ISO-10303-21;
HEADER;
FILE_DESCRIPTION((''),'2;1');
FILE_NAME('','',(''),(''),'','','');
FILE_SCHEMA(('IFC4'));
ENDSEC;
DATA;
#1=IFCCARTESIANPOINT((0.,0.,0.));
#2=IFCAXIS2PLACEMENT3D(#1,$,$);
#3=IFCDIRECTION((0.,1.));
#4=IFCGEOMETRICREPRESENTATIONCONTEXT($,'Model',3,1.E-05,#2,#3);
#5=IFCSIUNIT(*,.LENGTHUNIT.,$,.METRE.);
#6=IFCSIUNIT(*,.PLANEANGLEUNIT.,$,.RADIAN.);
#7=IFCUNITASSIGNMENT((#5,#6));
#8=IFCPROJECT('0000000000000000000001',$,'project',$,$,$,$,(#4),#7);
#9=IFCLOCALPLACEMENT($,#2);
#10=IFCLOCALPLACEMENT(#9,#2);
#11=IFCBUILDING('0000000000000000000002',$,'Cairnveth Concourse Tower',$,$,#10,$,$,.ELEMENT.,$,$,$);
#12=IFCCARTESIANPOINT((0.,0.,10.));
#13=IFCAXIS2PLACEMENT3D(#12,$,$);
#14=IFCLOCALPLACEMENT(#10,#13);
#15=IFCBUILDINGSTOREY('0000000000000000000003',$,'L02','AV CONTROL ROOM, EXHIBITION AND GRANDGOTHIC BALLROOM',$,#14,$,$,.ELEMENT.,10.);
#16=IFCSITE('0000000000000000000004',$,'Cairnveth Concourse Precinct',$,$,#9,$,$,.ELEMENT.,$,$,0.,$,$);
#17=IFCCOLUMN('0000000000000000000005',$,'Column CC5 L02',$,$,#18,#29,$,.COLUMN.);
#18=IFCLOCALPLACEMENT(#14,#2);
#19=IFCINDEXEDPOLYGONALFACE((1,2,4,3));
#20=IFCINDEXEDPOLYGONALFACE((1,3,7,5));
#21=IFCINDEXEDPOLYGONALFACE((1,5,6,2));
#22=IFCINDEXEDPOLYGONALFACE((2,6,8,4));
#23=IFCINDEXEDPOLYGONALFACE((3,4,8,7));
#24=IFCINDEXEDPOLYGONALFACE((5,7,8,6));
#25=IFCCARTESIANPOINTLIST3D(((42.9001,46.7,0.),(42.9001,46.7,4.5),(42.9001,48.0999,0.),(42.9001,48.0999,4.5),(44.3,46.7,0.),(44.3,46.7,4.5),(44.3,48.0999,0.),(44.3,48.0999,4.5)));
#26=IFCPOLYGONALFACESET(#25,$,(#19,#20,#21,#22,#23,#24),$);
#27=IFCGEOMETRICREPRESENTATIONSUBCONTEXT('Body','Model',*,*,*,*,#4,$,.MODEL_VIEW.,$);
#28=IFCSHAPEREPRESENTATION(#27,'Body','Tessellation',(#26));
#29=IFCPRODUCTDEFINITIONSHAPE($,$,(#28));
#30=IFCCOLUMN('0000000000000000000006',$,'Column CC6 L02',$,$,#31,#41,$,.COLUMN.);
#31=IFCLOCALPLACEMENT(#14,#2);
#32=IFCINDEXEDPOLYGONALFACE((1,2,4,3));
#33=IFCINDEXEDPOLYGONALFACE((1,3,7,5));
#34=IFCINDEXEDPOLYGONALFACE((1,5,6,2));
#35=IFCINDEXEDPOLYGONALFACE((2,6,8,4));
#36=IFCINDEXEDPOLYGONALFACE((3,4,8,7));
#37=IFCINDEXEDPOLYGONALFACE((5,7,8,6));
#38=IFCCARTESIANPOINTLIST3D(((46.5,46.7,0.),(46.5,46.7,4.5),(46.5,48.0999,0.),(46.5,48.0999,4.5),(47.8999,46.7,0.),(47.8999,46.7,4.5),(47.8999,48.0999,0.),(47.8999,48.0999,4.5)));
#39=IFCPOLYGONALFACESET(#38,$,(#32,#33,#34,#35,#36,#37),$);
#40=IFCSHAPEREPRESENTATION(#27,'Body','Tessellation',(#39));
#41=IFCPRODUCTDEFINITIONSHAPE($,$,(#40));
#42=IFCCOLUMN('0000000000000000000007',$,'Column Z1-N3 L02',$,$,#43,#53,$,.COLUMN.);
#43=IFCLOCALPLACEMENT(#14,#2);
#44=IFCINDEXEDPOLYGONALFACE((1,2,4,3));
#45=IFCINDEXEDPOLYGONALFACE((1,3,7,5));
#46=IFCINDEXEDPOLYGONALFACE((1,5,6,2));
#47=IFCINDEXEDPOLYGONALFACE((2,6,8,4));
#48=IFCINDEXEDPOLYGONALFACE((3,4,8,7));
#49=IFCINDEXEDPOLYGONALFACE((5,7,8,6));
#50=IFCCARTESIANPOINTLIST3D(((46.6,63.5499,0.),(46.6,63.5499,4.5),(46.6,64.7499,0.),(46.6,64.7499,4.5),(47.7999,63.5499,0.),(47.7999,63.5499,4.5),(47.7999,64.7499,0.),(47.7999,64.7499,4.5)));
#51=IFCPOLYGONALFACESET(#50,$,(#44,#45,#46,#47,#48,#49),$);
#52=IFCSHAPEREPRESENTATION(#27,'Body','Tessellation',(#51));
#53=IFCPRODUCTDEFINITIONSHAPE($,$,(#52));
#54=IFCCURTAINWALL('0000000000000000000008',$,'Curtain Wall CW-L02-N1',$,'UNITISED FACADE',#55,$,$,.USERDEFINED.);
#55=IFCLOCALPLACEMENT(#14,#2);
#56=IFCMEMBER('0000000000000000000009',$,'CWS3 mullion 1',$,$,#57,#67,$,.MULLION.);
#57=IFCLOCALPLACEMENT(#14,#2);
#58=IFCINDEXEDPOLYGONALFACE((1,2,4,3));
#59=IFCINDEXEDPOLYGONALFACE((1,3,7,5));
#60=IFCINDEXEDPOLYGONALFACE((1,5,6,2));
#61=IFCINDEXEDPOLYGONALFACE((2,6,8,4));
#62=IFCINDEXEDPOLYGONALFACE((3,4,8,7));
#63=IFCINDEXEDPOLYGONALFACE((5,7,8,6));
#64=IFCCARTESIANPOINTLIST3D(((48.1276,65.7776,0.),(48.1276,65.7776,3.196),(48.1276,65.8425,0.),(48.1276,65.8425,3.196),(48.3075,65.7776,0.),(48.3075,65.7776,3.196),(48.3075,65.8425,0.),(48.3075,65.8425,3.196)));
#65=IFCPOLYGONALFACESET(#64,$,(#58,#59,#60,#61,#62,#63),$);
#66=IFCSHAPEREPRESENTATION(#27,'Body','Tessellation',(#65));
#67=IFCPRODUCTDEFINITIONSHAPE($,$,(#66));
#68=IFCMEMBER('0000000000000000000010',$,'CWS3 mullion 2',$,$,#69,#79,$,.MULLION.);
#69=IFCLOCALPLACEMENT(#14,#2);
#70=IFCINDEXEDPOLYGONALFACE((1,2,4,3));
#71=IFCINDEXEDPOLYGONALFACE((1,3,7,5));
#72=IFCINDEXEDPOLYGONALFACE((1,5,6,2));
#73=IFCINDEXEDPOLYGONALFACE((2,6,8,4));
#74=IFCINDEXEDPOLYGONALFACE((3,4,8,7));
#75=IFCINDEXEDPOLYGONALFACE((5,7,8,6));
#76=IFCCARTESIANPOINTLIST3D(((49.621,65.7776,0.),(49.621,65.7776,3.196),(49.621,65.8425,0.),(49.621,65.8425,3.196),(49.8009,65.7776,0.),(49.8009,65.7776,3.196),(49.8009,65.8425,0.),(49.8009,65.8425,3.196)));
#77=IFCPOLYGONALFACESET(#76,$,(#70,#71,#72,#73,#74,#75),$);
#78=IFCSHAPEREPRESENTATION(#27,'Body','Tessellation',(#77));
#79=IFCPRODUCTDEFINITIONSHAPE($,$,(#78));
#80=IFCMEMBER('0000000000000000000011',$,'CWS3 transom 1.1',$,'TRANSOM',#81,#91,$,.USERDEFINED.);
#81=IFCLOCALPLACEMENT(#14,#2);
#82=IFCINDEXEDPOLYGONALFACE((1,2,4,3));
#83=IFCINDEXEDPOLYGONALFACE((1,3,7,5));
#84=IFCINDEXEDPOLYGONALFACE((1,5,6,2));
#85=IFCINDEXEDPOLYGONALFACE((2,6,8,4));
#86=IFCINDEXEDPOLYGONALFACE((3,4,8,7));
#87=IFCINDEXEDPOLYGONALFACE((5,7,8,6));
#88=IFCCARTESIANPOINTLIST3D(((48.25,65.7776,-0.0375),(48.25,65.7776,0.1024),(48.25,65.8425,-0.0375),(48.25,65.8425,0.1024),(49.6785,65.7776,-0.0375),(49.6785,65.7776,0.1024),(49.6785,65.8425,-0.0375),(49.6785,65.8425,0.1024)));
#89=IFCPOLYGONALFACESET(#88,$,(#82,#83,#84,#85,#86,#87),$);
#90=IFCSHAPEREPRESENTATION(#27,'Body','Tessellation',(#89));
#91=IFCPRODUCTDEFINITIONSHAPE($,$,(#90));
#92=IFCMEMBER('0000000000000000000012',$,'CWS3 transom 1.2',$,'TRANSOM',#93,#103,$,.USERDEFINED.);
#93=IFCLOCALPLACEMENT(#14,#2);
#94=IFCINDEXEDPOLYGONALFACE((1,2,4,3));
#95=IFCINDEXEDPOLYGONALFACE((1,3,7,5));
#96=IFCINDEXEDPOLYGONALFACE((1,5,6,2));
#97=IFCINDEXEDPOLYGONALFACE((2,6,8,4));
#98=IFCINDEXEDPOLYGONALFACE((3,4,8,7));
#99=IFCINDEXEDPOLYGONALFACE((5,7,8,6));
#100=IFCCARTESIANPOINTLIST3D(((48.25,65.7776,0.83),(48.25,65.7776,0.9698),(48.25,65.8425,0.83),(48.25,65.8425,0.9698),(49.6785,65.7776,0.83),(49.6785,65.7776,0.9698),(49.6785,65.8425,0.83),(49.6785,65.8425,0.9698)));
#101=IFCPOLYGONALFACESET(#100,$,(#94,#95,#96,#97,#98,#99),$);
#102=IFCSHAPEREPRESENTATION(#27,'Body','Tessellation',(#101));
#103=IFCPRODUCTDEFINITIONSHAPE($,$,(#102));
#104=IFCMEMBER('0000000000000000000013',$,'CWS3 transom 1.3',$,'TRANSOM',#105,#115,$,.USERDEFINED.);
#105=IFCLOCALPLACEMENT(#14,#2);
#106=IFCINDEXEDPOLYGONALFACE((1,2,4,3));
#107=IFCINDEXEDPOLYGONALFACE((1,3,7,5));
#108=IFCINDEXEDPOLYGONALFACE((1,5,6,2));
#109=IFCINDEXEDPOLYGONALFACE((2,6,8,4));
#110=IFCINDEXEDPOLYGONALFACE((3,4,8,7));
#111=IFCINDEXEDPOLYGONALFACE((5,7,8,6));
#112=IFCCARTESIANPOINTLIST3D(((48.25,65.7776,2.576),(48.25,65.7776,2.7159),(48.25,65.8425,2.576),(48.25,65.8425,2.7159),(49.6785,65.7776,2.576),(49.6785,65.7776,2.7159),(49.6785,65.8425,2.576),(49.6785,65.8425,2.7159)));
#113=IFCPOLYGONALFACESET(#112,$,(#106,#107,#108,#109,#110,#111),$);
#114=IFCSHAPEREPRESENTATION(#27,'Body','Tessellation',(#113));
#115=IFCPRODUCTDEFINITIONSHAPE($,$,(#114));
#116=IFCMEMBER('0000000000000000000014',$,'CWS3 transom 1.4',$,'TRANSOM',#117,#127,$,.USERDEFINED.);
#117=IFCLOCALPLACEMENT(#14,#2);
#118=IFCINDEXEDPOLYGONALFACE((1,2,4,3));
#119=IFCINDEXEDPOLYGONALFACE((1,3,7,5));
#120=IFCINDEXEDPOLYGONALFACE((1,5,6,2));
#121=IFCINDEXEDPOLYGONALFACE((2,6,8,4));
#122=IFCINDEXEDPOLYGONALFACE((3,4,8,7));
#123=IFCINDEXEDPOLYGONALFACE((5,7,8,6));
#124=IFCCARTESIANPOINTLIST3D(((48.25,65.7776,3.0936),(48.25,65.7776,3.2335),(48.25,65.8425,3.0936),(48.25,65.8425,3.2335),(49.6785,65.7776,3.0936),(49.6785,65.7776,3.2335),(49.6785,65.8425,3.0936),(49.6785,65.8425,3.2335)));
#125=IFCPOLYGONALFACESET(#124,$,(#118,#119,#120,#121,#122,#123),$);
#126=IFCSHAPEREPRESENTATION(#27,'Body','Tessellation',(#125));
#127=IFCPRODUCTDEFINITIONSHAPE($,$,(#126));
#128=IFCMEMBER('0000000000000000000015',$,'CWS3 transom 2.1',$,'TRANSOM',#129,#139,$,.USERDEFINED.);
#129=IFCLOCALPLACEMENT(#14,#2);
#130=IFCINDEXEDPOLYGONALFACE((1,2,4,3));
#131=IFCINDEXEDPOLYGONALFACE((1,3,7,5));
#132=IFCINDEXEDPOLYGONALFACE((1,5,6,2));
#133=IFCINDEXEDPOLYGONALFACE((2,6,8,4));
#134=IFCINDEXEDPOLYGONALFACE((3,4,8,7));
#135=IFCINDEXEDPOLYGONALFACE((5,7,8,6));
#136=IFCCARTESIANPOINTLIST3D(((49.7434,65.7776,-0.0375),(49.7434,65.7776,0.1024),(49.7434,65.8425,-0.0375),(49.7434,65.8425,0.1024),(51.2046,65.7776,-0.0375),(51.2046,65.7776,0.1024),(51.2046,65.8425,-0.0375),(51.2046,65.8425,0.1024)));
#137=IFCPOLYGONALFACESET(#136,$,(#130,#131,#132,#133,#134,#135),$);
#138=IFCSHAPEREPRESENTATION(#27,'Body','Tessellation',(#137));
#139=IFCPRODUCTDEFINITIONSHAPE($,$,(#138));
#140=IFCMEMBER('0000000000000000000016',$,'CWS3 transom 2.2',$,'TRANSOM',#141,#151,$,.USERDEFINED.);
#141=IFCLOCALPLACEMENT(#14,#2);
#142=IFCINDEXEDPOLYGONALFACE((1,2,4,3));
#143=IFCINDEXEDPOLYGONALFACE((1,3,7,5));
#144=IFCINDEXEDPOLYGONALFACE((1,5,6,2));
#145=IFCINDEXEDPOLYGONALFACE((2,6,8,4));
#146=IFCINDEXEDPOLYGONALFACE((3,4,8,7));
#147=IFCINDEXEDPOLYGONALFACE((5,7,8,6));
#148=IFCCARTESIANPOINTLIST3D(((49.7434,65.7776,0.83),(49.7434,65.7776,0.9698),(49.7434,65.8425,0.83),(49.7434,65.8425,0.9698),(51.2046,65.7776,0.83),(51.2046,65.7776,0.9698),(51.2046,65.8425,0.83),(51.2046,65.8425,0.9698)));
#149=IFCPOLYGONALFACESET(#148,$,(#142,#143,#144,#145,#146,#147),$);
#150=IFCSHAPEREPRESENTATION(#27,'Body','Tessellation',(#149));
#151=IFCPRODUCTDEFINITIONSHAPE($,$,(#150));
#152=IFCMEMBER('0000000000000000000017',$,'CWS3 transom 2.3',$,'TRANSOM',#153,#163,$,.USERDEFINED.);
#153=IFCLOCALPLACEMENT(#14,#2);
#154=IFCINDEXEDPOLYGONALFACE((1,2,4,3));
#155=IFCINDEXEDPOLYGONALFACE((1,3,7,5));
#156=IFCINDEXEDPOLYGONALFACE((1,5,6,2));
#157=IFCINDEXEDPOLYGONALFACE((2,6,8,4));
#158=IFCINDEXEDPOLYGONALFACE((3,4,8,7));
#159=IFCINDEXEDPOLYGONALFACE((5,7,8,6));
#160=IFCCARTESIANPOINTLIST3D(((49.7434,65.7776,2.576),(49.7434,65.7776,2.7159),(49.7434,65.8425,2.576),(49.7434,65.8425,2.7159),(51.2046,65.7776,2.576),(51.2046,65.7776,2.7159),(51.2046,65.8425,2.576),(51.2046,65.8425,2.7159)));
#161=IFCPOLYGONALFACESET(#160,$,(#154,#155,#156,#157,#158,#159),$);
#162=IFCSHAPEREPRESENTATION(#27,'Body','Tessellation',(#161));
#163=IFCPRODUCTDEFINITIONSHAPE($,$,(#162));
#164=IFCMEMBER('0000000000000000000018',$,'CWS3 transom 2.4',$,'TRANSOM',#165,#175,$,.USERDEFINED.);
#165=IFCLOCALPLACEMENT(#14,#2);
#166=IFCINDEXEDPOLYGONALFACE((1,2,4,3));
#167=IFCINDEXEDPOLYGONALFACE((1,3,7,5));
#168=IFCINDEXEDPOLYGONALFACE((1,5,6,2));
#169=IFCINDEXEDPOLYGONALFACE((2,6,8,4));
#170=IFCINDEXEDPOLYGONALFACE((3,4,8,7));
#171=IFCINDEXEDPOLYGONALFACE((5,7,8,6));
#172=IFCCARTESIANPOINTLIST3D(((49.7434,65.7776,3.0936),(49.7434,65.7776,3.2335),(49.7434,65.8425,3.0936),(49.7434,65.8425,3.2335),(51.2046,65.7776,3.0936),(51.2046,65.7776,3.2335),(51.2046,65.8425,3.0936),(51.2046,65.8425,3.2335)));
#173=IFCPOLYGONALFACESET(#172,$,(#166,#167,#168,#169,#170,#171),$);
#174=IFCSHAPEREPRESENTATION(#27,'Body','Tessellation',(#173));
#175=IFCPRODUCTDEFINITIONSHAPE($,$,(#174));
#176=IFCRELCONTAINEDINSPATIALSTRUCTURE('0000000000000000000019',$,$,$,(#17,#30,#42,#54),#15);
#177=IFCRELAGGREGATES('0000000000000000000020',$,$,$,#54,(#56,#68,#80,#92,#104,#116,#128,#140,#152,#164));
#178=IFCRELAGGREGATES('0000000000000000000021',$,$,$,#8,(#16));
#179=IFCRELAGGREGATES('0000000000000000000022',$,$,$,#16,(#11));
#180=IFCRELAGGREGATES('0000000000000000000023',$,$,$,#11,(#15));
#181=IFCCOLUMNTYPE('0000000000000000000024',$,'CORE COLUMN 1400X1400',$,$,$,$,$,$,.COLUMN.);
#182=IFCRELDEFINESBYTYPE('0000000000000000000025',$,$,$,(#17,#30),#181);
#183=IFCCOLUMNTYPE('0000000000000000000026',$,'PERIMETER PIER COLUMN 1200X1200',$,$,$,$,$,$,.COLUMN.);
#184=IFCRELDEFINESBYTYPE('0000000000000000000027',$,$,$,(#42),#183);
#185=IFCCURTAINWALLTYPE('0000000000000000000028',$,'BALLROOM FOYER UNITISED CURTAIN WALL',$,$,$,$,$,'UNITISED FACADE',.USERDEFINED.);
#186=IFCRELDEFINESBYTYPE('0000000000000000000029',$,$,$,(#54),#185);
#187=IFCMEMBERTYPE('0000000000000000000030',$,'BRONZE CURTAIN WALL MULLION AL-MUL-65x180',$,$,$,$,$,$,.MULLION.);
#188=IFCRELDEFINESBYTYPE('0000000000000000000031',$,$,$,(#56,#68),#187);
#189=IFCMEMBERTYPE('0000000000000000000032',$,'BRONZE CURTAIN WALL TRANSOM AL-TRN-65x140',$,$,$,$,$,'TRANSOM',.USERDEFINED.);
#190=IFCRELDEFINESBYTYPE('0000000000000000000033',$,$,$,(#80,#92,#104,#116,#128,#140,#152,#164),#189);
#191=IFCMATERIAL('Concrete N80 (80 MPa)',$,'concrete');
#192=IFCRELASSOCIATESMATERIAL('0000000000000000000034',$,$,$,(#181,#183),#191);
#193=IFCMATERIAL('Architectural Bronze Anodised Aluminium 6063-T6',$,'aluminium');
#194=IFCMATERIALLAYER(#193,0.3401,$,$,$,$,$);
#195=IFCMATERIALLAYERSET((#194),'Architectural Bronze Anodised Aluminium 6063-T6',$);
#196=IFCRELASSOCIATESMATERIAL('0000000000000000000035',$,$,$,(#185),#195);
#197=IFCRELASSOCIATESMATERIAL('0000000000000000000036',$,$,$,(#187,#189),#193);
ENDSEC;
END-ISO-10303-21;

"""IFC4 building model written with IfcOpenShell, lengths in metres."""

from ifc_helpers import new_model, si_unit, direction, frame, origin, origin_2d, place, context, subcontext, project, spatial, rectangle, extrude, material, layer, layer_set, material_profile, profile_set, type_object, element, aggregate, save


model = new_model("IFC4")

# Units and contexts
model_context = context("Model", 3, precision=1e-05, world=origin(), true_north=direction((0.0, 1.0)))
body_context = subcontext(model_context, "Body", "Model", "MODEL_VIEW")
ifc_project = project(units=[si_unit("LENGTHUNIT", "METRE"), si_unit("PLANEANGLEUNIT", "RADIAN")], contexts=[model_context])

# Site, building, storey
site_placement = place(None, origin())
site = spatial("IfcSite", under=ifc_project, at=site_placement, Name="Cairnveth Concourse Precinct", CompositionType="ELEMENT", RefElevation=0.0)
building_placement = place(site_placement, origin())
building = spatial("IfcBuilding", under=site, at=building_placement, Name="Cairnveth Concourse Tower", CompositionType="ELEMENT")
storey_placement = place(building_placement, frame((0.0, 0.0, 10.0)))
storey = spatial("IfcBuildingStorey", under=building, at=storey_placement, Name="L02", Description="AV CONTROL ROOM, EXHIBITION AND GRANDGOTHIC BALLROOM", CompositionType="ELEMENT", Elevation=10.0)

# Columns
ifc_material_1 = material(Name="Concrete N80 (80 MPa)", Category="concrete")
ifc_material_profile_1 = material_profile(ifc_material_1, rectangle(XDim=1.3999, YDim=1.3999, at=origin_2d()), Name="RC-COL-1400x1400")
ifc_profile_set_1 = profile_set([ifc_material_profile_1], Name="Concrete N80 (80 MPa)")
column_type_1 = type_object("IfcColumnType", Name="CORE COLUMN 1400X1400", PredefinedType="COLUMN", material=ifc_profile_set_1)
for number, where, z_axis, x_axis, name in (
    (1, (43.6001, 47.3999, 0.0), (0.0, 0.0, 1.0), (1.0, 0.0, 0.0), "Column CC5 L02"),
    (2, (47.2, 47.3999, 0.0), (0.0, 0.0, 1.0), (1.0, 0.0, 0.0), "Column CC6 L02"),
):
    element("IfcColumn", number, at=place(storey_placement, frame(where, z_axis=z_axis, x_axis=x_axis)), inside=storey, type_object=column_type_1, Name=name, PredefinedType="COLUMN", context=body_context, shape_type="SweptSolid", body=[
        extrude(rectangle(XDim=1.3999, YDim=1.3999, at=origin_2d()), origin(), (0.0, 0.0, 1.0), 4.5),
    ])
ifc_material_profile_2 = material_profile(ifc_material_1, rectangle(XDim=1.2, YDim=1.2, at=origin_2d()), Name="RC-COL-1200x1200")
ifc_profile_set_2 = profile_set([ifc_material_profile_2], Name="Concrete N80 (80 MPa)")
column_type_2 = type_object("IfcColumnType", Name="PERIMETER PIER COLUMN 1200X1200", PredefinedType="COLUMN", material=ifc_profile_set_2)
column_placement = place(storey_placement, frame((47.2, 64.1499, 0.0), z_axis=(0.0, 0.0, 1.0), x_axis=(1.0, 0.0, 0.0)))
element("IfcColumn", 3, at=column_placement, inside=storey, type_object=column_type_2, Name="Column Z1-N3 L02", PredefinedType="COLUMN", context=body_context, shape_type="SweptSolid", body=[
    extrude(rectangle(XDim=1.2, YDim=1.2, at=origin_2d()), origin(), (0.0, 0.0, 1.0), 4.5),
])

# Curtain wall, members
ifc_material_2 = material(Name="Architectural Bronze Anodised Aluminium 6063-T6", Category="aluminium")
ifc_layer_1 = layer(ifc_material_2, 0.3401)
ifc_layer_set_1 = layer_set([ifc_layer_1], Name="Architectural Bronze Anodised Aluminium 6063-T6")
curtain_wall_type = type_object("IfcCurtainWallType", Name="BALLROOM FOYER UNITISED CURTAIN WALL", ElementType="UNITISED FACADE", PredefinedType="USERDEFINED", material=ifc_layer_set_1)
curtain_wall_placement = place(storey_placement, origin())
curtain_wall = element("IfcCurtainWall", 4, at=curtain_wall_placement, inside=storey, type_object=curtain_wall_type, Name="Curtain Wall CW-L02-N1", ObjectType="UNITISED FACADE", PredefinedType="USERDEFINED")
ifc_material_profile_3 = material_profile(ifc_material_2, rectangle(XDim=0.0649, YDim=0.1799, at=origin_2d()), Name="AL-MUL-65x180")
ifc_profile_set_3 = profile_set([ifc_material_profile_3], Name="Architectural Bronze Anodised Aluminium 6063-T6")
member_type_1 = type_object("IfcMemberType", Name="BRONZE CURTAIN WALL MULLION AL-MUL-65x180", PredefinedType="MULLION", material=ifc_profile_set_3)
member_1_placement = place(storey_placement, frame((48.2175, 65.8101, 0.0), z_axis=(0.0, 0.0, 1.0), x_axis=(0.0, 1.0, 0.0)))
member_1 = element("IfcMember", 5, at=member_1_placement, type_object=member_type_1, Name="CWS3 mullion 1", PredefinedType="MULLION", context=body_context, shape_type="SweptSolid", body=[
    extrude(rectangle(XDim=0.0649, YDim=0.1799, at=origin_2d()), origin(), (0.0, 0.0, 1.0), 3.196),
])
member_2_placement = place(storey_placement, frame((49.7109, 65.8101, 0.0), z_axis=(0.0, 0.0, 1.0), x_axis=(0.0, 1.0, 0.0)))
member_2 = element("IfcMember", 6, at=member_2_placement, type_object=member_type_1, Name="CWS3 mullion 2", PredefinedType="MULLION", context=body_context, shape_type="SweptSolid", body=[
    extrude(rectangle(XDim=0.0649, YDim=0.1799, at=origin_2d()), origin(), (0.0, 0.0, 1.0), 3.196),
])
ifc_material_profile_4 = material_profile(ifc_material_2, rectangle(XDim=0.0649, YDim=0.1399, at=origin_2d()), Name="AL-TRN-65x140")
ifc_profile_set_4 = profile_set([ifc_material_profile_4], Name="Architectural Bronze Anodised Aluminium 6063-T6")
member_type_2 = type_object("IfcMemberType", Name="BRONZE CURTAIN WALL TRANSOM AL-TRN-65x140", ElementType="TRANSOM", PredefinedType="USERDEFINED", material=ifc_profile_set_4)
member_3_placement = place(storey_placement, frame((48.25, 65.8101, 0.0325), z_axis=(1.0, 0.0, 0.0), x_axis=(0.0, 1.0, 0.0)))
member_3 = element("IfcMember", 7, at=member_3_placement, type_object=member_type_2, Name="CWS3 transom 1.1", ObjectType="TRANSOM", PredefinedType="USERDEFINED", context=body_context, shape_type="SweptSolid", body=[
    extrude(rectangle(XDim=0.0649, YDim=0.1399, at=origin_2d()), origin(), (0.0, 0.0, 1.0), 1.4285),
])
member_4_placement = place(storey_placement, frame((48.25, 65.8101, 0.8999), z_axis=(1.0, 0.0, 0.0), x_axis=(0.0, 1.0, 0.0)))
member_4 = element("IfcMember", 8, at=member_4_placement, type_object=member_type_2, Name="CWS3 transom 1.2", ObjectType="TRANSOM", PredefinedType="USERDEFINED", context=body_context, shape_type="SweptSolid", body=[
    extrude(rectangle(XDim=0.0649, YDim=0.1399, at=origin_2d()), origin(), (0.0, 0.0, 1.0), 1.4285),
])
member_5_placement = place(storey_placement, frame((48.25, 65.8101, 2.646), z_axis=(1.0, 0.0, 0.0), x_axis=(0.0, 1.0, 0.0)))
member_5 = element("IfcMember", 9, at=member_5_placement, type_object=member_type_2, Name="CWS3 transom 1.3", ObjectType="TRANSOM", PredefinedType="USERDEFINED", context=body_context, shape_type="SweptSolid", body=[
    extrude(rectangle(XDim=0.0649, YDim=0.1399, at=origin_2d()), origin(), (0.0, 0.0, 1.0), 1.4285),
])
member_6_placement = place(storey_placement, frame((48.25, 65.8101, 3.1636), z_axis=(1.0, 0.0, 0.0), x_axis=(0.0, 1.0, 0.0)))
member_6 = element("IfcMember", 10, at=member_6_placement, type_object=member_type_2, Name="CWS3 transom 1.4", ObjectType="TRANSOM", PredefinedType="USERDEFINED", context=body_context, shape_type="SweptSolid", body=[
    extrude(rectangle(XDim=0.0649, YDim=0.1399, at=origin_2d()), origin(), (0.0, 0.0, 1.0), 1.4285),
])
member_7_placement = place(storey_placement, frame((49.7434, 65.8101, 0.0325), z_axis=(1.0, 0.0, 0.0), x_axis=(0.0, 1.0, 0.0)))
member_7 = element("IfcMember", 11, at=member_7_placement, type_object=member_type_2, Name="CWS3 transom 2.1", ObjectType="TRANSOM", PredefinedType="USERDEFINED", context=body_context, shape_type="SweptSolid", body=[
    extrude(rectangle(XDim=0.0649, YDim=0.1399, at=origin_2d()), origin(), (0.0, 0.0, 1.0), 1.4612),
])
member_8_placement = place(storey_placement, frame((49.7434, 65.8101, 0.8999), z_axis=(1.0, 0.0, 0.0), x_axis=(0.0, 1.0, 0.0)))
member_8 = element("IfcMember", 12, at=member_8_placement, type_object=member_type_2, Name="CWS3 transom 2.2", ObjectType="TRANSOM", PredefinedType="USERDEFINED", context=body_context, shape_type="SweptSolid", body=[
    extrude(rectangle(XDim=0.0649, YDim=0.1399, at=origin_2d()), origin(), (0.0, 0.0, 1.0), 1.4612),
])
member_9_placement = place(storey_placement, frame((49.7434, 65.8101, 2.646), z_axis=(1.0, 0.0, 0.0), x_axis=(0.0, 1.0, 0.0)))
member_9 = element("IfcMember", 13, at=member_9_placement, type_object=member_type_2, Name="CWS3 transom 2.3", ObjectType="TRANSOM", PredefinedType="USERDEFINED", context=body_context, shape_type="SweptSolid", body=[
    extrude(rectangle(XDim=0.0649, YDim=0.1399, at=origin_2d()), origin(), (0.0, 0.0, 1.0), 1.4612),
])
member_10_placement = place(storey_placement, frame((49.7434, 65.8101, 3.1636), z_axis=(1.0, 0.0, 0.0), x_axis=(0.0, 1.0, 0.0)))
member_10 = element("IfcMember", 14, at=member_10_placement, type_object=member_type_2, Name="CWS3 transom 2.4", ObjectType="TRANSOM", PredefinedType="USERDEFINED", context=body_context, shape_type="SweptSolid", body=[
    extrude(rectangle(XDim=0.0649, YDim=0.1399, at=origin_2d()), origin(), (0.0, 0.0, 1.0), 1.4612),
])

aggregate(curtain_wall, [member_1, member_2, member_3, member_4, member_5, member_6, member_7, member_8, member_9, member_10])

save(model, "model.ifc")
